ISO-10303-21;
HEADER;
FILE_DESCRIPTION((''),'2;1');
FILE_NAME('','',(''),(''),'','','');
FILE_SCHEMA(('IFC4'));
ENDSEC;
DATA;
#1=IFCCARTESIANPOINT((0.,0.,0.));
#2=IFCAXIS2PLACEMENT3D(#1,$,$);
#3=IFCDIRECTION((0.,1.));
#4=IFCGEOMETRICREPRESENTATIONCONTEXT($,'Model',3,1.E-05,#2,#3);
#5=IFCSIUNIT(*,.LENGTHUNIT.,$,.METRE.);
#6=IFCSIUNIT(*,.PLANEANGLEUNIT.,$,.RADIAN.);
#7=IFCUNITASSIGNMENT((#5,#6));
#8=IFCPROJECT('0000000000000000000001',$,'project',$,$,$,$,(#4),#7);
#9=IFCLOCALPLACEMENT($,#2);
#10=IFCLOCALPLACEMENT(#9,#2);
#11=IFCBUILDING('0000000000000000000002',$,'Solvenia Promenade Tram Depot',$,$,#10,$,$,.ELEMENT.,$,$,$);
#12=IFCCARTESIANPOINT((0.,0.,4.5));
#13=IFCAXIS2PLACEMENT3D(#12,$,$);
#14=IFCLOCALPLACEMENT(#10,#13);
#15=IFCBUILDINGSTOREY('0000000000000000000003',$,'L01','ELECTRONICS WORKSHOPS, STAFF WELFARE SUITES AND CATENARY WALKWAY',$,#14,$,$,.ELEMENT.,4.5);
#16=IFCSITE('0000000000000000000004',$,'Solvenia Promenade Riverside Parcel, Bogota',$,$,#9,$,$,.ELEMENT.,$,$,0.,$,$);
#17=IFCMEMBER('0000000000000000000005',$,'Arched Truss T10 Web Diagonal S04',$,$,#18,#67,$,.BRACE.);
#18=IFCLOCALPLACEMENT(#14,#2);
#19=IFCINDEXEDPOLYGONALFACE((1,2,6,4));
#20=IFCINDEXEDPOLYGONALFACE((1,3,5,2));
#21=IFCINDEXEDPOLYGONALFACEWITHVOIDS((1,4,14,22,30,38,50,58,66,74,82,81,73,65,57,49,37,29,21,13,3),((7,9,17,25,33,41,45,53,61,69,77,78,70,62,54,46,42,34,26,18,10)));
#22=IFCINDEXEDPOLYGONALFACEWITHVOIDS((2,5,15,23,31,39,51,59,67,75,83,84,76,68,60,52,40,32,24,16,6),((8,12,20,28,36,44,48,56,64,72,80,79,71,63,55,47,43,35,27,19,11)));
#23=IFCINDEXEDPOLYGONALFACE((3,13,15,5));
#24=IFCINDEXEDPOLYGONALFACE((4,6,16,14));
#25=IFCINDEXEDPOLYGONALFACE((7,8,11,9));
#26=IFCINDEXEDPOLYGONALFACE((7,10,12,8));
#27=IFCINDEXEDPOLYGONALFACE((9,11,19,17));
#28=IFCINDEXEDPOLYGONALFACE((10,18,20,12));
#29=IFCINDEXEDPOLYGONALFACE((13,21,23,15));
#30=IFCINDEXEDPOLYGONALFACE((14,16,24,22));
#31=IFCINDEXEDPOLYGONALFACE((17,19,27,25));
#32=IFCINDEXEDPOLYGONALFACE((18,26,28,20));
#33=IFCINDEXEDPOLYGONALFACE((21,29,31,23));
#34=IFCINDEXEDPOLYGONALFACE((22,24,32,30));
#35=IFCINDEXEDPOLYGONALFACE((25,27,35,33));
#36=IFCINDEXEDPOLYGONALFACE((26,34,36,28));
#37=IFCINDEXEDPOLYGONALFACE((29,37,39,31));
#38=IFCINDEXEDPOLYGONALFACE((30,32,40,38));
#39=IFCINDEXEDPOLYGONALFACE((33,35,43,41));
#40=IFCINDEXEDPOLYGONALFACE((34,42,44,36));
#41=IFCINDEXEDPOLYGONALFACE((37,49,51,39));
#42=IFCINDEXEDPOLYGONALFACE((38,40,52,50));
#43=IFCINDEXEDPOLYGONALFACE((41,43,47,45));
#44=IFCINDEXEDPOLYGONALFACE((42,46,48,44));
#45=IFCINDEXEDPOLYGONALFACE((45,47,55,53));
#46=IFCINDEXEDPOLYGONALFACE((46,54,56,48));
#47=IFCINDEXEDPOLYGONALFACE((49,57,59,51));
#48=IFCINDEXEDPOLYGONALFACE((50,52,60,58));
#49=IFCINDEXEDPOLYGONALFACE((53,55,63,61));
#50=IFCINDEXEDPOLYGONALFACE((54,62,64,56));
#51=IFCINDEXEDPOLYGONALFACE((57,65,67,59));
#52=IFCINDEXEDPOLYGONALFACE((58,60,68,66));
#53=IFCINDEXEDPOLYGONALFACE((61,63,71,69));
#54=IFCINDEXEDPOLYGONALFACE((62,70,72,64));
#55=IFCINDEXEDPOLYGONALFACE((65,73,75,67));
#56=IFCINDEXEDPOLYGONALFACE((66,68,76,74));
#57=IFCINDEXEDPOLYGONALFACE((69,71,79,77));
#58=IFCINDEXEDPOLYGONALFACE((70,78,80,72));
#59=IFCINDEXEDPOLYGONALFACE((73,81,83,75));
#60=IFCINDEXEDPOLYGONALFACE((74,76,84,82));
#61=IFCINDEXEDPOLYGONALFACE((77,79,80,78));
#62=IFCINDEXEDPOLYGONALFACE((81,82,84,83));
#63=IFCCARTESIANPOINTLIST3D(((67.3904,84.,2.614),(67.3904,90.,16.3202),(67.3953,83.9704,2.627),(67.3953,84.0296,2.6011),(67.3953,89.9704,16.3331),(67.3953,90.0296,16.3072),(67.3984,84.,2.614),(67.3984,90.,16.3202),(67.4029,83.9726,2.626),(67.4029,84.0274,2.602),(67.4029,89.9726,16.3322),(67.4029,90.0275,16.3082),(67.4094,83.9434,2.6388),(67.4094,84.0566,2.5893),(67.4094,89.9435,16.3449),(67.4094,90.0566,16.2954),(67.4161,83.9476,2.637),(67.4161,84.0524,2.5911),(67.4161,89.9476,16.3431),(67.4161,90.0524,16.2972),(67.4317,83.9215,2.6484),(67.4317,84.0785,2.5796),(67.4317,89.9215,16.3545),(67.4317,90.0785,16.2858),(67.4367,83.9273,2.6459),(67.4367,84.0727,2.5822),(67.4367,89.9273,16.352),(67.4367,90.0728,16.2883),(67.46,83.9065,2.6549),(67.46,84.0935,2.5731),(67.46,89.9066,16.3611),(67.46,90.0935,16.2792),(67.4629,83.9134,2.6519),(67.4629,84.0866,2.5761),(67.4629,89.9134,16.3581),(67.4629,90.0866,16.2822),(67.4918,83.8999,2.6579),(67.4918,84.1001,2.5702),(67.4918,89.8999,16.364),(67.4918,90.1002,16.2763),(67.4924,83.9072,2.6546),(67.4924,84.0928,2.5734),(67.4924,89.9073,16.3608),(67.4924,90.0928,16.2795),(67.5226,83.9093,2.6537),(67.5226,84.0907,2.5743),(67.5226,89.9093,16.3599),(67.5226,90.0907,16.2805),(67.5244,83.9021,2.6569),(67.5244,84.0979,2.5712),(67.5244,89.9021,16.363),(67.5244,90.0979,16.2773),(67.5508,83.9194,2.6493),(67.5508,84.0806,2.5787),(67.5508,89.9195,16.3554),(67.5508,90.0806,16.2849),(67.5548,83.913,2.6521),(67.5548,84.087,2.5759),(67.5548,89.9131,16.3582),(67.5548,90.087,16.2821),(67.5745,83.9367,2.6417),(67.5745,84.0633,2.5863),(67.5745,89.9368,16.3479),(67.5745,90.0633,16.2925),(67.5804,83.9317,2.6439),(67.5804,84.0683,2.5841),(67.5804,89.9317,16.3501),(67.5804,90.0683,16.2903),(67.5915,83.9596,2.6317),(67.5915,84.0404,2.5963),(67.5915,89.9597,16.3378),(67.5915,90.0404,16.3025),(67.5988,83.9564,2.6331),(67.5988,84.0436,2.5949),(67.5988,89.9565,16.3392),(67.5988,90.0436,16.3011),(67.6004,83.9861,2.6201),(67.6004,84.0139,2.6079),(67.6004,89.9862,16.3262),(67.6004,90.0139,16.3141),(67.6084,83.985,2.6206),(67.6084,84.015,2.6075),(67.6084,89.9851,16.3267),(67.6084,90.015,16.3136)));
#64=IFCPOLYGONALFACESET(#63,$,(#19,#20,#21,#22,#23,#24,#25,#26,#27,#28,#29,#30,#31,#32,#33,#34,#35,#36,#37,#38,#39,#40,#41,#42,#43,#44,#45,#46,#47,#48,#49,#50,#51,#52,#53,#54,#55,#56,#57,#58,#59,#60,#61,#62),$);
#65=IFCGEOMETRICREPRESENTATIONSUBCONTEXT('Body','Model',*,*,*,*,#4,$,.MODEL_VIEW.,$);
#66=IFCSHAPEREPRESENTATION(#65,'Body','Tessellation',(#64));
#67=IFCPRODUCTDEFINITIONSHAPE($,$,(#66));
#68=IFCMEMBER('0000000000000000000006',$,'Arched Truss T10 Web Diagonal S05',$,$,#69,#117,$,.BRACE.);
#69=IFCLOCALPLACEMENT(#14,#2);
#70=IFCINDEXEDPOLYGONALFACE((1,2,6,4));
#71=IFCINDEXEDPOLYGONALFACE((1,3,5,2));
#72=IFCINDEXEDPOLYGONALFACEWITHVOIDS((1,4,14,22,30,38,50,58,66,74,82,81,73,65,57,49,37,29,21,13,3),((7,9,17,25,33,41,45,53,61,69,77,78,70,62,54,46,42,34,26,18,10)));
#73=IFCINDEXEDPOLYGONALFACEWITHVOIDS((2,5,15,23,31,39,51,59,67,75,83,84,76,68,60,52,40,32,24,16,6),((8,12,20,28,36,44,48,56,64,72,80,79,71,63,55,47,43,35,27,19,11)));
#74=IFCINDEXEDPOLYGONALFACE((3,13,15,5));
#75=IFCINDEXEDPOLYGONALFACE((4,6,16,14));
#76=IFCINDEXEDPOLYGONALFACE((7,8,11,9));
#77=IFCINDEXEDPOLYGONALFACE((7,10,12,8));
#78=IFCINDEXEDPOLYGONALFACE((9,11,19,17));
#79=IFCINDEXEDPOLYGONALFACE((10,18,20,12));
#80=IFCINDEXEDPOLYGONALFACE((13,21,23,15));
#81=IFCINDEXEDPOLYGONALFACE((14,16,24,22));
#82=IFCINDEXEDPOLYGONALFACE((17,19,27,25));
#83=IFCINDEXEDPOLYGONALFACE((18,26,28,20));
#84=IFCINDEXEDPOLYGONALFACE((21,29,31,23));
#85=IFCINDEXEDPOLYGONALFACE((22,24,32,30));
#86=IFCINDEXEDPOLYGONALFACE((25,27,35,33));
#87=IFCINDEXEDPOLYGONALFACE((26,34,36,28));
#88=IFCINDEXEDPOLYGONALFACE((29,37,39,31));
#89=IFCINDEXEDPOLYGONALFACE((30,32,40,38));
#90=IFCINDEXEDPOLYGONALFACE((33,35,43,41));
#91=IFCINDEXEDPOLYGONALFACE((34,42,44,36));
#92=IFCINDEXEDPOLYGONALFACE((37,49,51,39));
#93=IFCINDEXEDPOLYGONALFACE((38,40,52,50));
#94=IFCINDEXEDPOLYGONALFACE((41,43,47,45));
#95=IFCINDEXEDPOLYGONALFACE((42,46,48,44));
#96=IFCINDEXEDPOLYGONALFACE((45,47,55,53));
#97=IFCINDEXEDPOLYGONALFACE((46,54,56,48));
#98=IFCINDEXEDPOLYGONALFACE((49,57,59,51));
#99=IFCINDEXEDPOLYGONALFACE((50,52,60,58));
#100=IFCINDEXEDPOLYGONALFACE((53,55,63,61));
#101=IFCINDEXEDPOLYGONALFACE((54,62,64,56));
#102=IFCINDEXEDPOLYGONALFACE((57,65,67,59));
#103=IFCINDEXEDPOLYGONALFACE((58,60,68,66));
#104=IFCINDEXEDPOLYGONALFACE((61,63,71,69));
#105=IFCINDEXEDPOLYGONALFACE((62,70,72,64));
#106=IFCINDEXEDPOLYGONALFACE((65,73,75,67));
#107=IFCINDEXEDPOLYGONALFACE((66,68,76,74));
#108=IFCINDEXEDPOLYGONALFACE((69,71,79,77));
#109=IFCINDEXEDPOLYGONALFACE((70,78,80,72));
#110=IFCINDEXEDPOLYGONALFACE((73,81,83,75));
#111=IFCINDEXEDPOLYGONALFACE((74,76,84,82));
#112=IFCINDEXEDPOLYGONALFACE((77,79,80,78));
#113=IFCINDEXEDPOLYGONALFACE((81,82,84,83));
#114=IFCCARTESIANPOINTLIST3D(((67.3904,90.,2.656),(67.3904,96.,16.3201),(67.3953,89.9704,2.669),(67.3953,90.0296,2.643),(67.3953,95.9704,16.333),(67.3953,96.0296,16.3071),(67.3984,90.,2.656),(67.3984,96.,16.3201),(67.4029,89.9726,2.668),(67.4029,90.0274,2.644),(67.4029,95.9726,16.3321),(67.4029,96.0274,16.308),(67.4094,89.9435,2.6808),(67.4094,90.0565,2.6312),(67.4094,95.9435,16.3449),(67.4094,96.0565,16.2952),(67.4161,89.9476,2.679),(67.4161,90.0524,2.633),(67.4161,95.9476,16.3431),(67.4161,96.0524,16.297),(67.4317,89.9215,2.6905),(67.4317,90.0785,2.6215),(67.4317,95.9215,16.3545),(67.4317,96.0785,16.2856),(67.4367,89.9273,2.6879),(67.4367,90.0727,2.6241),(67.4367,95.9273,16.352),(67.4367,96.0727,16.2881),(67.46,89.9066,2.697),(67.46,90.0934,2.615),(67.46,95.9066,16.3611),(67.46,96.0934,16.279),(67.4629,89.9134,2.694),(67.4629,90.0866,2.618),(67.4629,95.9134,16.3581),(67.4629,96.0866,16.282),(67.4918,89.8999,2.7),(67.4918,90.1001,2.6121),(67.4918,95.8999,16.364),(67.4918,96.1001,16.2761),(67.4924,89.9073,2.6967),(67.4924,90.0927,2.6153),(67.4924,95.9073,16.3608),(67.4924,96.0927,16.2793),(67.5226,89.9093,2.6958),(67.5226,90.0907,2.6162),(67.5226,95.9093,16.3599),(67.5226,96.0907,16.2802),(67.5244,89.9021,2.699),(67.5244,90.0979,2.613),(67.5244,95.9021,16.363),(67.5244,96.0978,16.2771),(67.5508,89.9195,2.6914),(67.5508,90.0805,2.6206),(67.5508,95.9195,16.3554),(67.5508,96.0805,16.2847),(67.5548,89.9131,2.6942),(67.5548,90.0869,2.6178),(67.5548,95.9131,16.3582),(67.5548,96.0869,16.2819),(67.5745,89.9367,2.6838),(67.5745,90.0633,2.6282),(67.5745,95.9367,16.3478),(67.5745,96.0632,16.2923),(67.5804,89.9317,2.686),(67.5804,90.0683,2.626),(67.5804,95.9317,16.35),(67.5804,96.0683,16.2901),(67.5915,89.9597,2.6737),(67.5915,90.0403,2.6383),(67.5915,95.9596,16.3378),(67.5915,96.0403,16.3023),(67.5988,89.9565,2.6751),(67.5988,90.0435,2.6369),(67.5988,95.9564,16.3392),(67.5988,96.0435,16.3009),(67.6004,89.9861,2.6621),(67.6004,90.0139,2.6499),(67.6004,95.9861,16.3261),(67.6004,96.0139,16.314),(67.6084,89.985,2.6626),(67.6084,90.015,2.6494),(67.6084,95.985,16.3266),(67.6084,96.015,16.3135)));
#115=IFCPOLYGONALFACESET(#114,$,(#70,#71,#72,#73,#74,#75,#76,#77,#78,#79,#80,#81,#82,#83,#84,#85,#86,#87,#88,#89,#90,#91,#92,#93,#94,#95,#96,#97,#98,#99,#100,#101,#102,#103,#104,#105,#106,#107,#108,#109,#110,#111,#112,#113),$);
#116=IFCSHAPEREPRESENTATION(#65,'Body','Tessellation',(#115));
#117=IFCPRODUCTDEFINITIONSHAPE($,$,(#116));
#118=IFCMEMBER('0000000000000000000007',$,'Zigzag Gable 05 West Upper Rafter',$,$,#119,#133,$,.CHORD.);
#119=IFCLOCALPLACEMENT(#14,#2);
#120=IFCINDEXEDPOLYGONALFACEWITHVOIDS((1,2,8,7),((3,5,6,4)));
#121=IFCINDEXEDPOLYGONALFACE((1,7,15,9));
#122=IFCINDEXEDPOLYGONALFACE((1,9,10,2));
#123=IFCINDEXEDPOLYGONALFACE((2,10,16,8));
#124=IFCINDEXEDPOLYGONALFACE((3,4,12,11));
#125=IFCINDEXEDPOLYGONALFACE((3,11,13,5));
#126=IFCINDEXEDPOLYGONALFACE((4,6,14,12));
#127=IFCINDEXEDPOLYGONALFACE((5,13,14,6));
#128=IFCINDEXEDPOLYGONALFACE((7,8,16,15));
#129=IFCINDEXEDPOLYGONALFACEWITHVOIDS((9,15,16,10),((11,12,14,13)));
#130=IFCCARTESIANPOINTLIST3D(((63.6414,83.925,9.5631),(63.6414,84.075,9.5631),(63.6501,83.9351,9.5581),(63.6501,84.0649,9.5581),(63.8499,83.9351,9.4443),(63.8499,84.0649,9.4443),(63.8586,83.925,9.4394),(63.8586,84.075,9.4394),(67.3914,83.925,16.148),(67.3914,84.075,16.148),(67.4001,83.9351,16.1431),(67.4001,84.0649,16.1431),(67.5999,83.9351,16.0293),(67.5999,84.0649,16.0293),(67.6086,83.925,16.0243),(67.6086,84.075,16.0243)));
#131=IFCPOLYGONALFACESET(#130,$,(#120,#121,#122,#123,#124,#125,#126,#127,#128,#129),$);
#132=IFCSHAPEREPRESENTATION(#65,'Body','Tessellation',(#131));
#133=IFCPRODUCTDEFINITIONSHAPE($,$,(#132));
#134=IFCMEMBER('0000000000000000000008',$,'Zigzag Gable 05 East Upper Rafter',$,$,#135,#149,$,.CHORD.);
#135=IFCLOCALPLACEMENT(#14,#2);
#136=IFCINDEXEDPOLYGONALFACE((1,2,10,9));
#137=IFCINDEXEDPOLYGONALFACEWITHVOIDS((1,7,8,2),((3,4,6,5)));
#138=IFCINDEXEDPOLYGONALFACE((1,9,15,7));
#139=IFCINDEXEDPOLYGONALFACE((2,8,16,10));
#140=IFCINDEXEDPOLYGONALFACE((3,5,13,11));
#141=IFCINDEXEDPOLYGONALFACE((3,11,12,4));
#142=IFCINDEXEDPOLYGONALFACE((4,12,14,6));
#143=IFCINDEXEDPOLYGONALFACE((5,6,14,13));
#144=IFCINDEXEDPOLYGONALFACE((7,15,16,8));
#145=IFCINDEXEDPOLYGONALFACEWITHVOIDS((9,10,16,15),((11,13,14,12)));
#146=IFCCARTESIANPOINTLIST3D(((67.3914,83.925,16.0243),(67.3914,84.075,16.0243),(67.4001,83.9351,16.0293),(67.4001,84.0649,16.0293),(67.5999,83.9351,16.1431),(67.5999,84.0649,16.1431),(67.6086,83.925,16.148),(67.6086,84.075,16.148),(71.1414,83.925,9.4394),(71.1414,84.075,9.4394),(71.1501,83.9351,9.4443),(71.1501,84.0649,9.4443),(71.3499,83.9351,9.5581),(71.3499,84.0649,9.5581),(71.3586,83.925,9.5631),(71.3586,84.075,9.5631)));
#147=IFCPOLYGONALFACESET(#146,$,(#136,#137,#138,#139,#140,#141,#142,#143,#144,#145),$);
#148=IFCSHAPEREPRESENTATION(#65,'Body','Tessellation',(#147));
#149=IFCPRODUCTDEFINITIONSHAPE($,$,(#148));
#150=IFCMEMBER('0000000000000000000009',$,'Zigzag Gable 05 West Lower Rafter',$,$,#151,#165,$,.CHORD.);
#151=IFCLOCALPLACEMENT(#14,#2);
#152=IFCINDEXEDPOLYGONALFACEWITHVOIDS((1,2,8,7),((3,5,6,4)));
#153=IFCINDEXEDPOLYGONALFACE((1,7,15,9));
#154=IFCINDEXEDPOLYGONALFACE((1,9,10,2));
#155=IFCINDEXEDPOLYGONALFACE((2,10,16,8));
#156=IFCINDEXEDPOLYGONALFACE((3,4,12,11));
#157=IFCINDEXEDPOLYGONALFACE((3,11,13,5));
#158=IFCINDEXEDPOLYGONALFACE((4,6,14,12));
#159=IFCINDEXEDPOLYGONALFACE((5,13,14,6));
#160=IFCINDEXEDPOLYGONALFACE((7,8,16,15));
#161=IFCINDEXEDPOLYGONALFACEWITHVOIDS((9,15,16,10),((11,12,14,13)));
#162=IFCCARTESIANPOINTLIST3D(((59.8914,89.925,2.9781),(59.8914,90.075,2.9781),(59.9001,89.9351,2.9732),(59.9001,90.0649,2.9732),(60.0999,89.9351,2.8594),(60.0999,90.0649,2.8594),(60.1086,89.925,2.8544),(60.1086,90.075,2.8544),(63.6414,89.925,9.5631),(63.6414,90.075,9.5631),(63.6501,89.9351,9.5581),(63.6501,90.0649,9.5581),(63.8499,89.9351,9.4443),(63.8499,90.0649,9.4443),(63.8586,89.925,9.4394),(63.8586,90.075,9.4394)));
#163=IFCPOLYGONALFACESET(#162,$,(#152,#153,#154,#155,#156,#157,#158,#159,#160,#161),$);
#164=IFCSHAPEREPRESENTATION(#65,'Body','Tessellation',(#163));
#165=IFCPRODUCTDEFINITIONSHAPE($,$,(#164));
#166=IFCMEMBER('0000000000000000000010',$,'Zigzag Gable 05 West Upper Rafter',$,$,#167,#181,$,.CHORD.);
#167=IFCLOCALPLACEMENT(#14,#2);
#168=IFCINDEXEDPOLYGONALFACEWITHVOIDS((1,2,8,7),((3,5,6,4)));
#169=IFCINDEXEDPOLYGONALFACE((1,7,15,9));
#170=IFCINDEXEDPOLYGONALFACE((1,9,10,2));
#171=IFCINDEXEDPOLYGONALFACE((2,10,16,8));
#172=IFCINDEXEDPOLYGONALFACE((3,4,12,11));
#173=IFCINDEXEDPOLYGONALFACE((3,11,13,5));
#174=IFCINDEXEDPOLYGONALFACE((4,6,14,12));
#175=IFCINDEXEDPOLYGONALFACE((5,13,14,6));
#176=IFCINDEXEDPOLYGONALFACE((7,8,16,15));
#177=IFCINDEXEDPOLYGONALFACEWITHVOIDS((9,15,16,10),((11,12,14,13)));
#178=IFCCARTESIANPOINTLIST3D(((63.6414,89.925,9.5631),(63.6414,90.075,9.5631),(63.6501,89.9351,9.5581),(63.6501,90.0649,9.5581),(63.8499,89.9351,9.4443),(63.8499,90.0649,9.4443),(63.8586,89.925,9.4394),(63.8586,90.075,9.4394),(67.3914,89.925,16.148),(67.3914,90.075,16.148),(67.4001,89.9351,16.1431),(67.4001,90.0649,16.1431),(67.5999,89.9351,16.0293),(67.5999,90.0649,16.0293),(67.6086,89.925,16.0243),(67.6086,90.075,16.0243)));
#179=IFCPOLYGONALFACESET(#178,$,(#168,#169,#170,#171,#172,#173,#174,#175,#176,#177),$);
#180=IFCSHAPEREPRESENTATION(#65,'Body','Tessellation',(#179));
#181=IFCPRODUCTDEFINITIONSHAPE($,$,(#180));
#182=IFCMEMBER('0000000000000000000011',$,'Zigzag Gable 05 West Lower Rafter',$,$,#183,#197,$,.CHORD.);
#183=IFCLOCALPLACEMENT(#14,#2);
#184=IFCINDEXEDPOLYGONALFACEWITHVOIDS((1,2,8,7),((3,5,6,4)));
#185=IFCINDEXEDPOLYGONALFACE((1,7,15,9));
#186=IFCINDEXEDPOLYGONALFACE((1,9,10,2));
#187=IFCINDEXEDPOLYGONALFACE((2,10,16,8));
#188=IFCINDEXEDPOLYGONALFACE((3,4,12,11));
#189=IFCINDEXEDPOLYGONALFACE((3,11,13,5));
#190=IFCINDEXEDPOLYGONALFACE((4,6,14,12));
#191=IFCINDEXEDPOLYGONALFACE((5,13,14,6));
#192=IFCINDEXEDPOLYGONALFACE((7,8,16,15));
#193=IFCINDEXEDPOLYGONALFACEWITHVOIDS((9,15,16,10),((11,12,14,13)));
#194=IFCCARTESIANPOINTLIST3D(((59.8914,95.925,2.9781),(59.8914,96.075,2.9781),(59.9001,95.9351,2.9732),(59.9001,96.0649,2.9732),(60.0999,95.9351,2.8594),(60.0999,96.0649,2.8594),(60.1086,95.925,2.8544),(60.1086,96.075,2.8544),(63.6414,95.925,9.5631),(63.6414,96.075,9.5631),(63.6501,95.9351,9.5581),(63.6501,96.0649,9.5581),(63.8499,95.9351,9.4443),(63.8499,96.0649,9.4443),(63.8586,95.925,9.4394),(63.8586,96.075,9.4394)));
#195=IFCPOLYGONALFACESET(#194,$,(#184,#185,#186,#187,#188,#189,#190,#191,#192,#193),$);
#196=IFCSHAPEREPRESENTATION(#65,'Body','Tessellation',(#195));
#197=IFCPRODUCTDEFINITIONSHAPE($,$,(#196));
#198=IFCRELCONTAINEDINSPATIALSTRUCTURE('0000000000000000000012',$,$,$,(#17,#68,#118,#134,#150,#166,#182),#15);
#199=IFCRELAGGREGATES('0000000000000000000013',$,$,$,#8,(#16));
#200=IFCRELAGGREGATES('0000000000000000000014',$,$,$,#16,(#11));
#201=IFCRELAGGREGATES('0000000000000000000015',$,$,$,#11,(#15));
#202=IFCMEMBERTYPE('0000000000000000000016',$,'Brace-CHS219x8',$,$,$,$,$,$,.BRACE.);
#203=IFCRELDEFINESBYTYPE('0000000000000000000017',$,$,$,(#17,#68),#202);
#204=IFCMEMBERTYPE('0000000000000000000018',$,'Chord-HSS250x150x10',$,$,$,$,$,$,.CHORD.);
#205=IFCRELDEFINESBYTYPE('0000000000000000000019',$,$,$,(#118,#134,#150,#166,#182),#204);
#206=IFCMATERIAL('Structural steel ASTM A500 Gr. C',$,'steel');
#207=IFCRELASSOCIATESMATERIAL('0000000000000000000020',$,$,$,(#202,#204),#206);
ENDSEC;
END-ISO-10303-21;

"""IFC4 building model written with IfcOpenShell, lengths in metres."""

from ifc_helpers import new_model, si_unit, direction, frame, origin, origin_2d, place, context, subcontext, project, spatial, hollow_rectangle, hollow_circle, extrude, material, material_profile, profile_set, type_object, element, save


model = new_model("IFC4")

# Units and contexts
model_context = context("Model", 3, precision=1e-05, world=origin(), true_north=direction((0.0, 1.0)))
body_context = subcontext(model_context, "Body", "Model", "MODEL_VIEW")
ifc_project = project(units=[si_unit("LENGTHUNIT", "METRE"), si_unit("PLANEANGLEUNIT", "RADIAN")], contexts=[model_context])

# Site, building, storey
site_placement = place(None, origin())
site = spatial("IfcSite", under=ifc_project, at=site_placement, Name="Solvenia Promenade Riverside Parcel, Bogota", CompositionType="ELEMENT", RefElevation=0.0)
building_placement = place(site_placement, origin())
building = spatial("IfcBuilding", under=site, at=building_placement, Name="Solvenia Promenade Tram Depot", CompositionType="ELEMENT")
storey_placement = place(building_placement, frame((0.0, 0.0, 4.5)))
storey = spatial("IfcBuildingStorey", under=building, at=storey_placement, Name="L01", Description="ELECTRONICS WORKSHOPS, STAFF WELFARE SUITES AND CATENARY WALKWAY", CompositionType="ELEMENT", Elevation=4.5)

# Members
ifc_material_1 = material(Name="Structural steel ASTM A500 Gr. C", Category="steel")
ifc_material_profile_1 = material_profile(ifc_material_1, hollow_circle(Radius=0.1096, WallThickness=0.0081, at=origin_2d()), Name="CHS219.1x8", Category="steel")
ifc_profile_set_1 = profile_set([ifc_material_profile_1], Name="Structural steel ASTM A500 Gr. C")
member_type_1 = type_object("IfcMemberType", Name="Brace-CHS219x8", PredefinedType="BRACE", material=ifc_profile_set_1)
member_1_placement = place(storey_placement, frame((67.5, 84.0, 2.614), z_axis=(0.0, 0.401021, 0.916069), x_axis=(-1.0, 0.0, 0.0)))
element("IfcMember", 1, at=member_1_placement, inside=storey, type_object=member_type_1, Name="Arched Truss T10 Web Diagonal S04", PredefinedType="BRACE", context=body_context, shape_type="SweptSolid", body=[
    extrude(hollow_circle(Radius=0.1096, WallThickness=0.0081, at=origin_2d()), origin(), (0.0, 0.0, 1.0), 14.9619),
])
member_2_placement = place(storey_placement, frame((67.5, 90.0, 2.656), z_axis=(0.0, 0.402054, 0.915616), x_axis=(-1.0, 0.0, 0.0)))
element("IfcMember", 2, at=member_2_placement, inside=storey, type_object=member_type_1, Name="Arched Truss T10 Web Diagonal S05", PredefinedType="BRACE", context=body_context, shape_type="SweptSolid", body=[
    extrude(hollow_circle(Radius=0.1096, WallThickness=0.0081, at=origin_2d()), origin(), (0.0, 0.0, 1.0), 14.9233),
])
ifc_material_profile_2 = material_profile(ifc_material_1, hollow_rectangle(XDim=0.1499, YDim=0.25, WallThickness=0.01, at=origin_2d()), Name="HSS250x150x10", Category="steel")
ifc_profile_set_2 = profile_set([ifc_material_profile_2], Name="Structural steel ASTM A500 Gr. C")
member_type_2 = type_object("IfcMemberType", Name="Chord-HSS250x150x10", PredefinedType="CHORD", material=ifc_profile_set_2)
for number, where, z_axis, x_axis, name in (
    (3, (63.75, 84.0, 9.5012), (0.494862, 0.0, 0.868972), (0.0, 1.0, 0.0), "Zigzag Gable 05 West Upper Rafter"),
    (4, (67.5, 84.0, 16.0862), (0.494862, 0.0, -0.868972), (0.0, 1.0, 0.0), "Zigzag Gable 05 East Upper Rafter"),
    (5, (60.0, 90.0, 2.9163), (0.494862, 0.0, 0.868972), (0.0, 1.0, 0.0), "Zigzag Gable 05 West Lower Rafter"),
    (6, (63.75, 90.0, 9.5012), (0.494862, 0.0, 0.868972), (0.0, 1.0, 0.0), "Zigzag Gable 05 West Upper Rafter"),
    (7, (60.0, 96.0, 2.9163), (0.494862, 0.0, 0.868972), (0.0, 1.0, 0.0), "Zigzag Gable 05 West Lower Rafter"),
):
    element("IfcMember", number, at=place(storey_placement, frame(where, z_axis=z_axis, x_axis=x_axis)), inside=storey, type_object=member_type_2, Name=name, PredefinedType="CHORD", context=body_context, shape_type="SweptSolid", body=[
        extrude(hollow_rectangle(XDim=0.1499, YDim=0.25, WallThickness=0.01, at=origin_2d()), origin(), (0.0, 0.0, 1.0), 7.5779),
    ])

save(model, "model.ifc")
